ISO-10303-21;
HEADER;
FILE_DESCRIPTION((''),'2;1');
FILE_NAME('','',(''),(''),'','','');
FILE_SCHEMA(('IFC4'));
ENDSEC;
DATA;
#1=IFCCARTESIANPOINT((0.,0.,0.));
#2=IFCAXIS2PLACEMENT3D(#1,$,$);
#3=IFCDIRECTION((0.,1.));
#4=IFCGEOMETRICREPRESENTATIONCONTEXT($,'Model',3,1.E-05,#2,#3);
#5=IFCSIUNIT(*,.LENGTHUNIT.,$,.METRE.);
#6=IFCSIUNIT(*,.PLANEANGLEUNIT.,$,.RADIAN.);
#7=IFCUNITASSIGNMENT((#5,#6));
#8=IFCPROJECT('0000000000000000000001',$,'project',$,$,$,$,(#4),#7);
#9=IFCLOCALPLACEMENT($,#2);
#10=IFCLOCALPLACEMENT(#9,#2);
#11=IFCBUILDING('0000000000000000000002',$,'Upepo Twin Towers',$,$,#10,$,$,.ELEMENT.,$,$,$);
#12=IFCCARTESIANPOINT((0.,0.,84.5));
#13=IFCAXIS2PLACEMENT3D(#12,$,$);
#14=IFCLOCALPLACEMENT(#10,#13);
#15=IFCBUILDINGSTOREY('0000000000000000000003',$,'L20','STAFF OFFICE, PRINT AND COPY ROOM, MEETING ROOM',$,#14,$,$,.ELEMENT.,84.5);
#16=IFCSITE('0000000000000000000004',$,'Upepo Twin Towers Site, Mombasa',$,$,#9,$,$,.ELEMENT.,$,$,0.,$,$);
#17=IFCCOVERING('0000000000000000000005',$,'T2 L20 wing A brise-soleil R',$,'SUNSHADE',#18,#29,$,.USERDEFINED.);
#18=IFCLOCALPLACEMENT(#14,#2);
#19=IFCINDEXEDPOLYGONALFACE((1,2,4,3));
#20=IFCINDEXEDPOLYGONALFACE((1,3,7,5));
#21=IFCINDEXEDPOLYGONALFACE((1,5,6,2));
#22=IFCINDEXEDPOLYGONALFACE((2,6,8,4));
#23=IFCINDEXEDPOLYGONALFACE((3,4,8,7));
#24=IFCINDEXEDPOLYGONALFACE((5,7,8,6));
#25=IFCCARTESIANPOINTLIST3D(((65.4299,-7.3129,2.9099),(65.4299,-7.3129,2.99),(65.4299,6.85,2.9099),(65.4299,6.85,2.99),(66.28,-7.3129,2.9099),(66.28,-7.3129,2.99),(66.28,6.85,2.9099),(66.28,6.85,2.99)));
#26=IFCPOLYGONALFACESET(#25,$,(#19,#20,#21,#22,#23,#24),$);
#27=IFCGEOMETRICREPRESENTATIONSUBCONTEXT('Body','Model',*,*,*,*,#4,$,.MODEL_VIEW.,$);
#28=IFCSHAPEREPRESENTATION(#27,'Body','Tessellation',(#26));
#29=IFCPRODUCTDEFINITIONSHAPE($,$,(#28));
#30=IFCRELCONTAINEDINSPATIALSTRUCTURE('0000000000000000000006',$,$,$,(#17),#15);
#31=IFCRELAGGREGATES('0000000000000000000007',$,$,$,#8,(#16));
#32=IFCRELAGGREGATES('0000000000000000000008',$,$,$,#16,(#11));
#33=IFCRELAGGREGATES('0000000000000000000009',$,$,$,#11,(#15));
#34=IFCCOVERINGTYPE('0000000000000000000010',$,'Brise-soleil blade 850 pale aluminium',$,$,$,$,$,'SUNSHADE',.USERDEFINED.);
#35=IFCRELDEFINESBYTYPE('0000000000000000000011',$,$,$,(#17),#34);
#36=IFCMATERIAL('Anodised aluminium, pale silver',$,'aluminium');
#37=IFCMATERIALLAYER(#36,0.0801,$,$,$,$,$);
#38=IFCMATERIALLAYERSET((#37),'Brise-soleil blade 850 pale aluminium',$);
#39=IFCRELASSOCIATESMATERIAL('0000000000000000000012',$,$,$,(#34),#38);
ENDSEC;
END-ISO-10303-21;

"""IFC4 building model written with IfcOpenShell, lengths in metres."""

from ifc_helpers import new_model, si_unit, direction, frame, origin, origin_2d, place, context, subcontext, project, spatial, rectangle, extrude, material, layer, layer_set, type_object, element, save


model = new_model("IFC4")

# Units and contexts
model_context = context("Model", 3, precision=1e-05, world=origin(), true_north=direction((0.0, 1.0)))
body_context = subcontext(model_context, "Body", "Model", "MODEL_VIEW")
ifc_project = project(units=[si_unit("LENGTHUNIT", "METRE"), si_unit("PLANEANGLEUNIT", "RADIAN")], contexts=[model_context])

# Site, building, storey
site_placement = place(None, origin())
site = spatial("IfcSite", under=ifc_project, at=site_placement, Name="Upepo Twin Towers Site, Mombasa", CompositionType="ELEMENT", RefElevation=0.0)
building_placement = place(site_placement, origin())
building = spatial("IfcBuilding", under=site, at=building_placement, Name="Upepo Twin Towers", CompositionType="ELEMENT")
storey_placement = place(building_placement, frame((0.0, 0.0, 84.5)))
storey = spatial("IfcBuildingStorey", under=building, at=storey_placement, Name="L20", Description="STAFF OFFICE, PRINT AND COPY ROOM, MEETING ROOM", CompositionType="ELEMENT", Elevation=84.5)

# Covering
ifc_material_1 = material(Name="Anodised aluminium, pale silver", Category="aluminium")
ifc_layer_1 = layer(ifc_material_1, 0.0801)
ifc_layer_set_1 = layer_set([ifc_layer_1], Name="Brise-soleil blade 850 pale aluminium")
covering_type = type_object("IfcCoveringType", Name="Brise-soleil blade 850 pale aluminium", ElementType="SUNSHADE", PredefinedType="USERDEFINED", material=ifc_layer_set_1)
covering_placement = place(storey_placement, frame((65.855, -0.2314, 2.9099), z_axis=(0.0, 0.0, 1.0), x_axis=(0.0, 1.0, 0.0)))
element("IfcCovering", 1, at=covering_placement, inside=storey, type_object=covering_type, Name="T2 L20 wing A brise-soleil R", ObjectType="SUNSHADE", PredefinedType="USERDEFINED", context=body_context, shape_type="SweptSolid", body=[
    extrude(rectangle(XDim=14.1628, YDim=0.8501, at=origin_2d()), origin(), (0.0, 0.0, 1.0), 0.0801),
])

save(model, "model.ifc")
